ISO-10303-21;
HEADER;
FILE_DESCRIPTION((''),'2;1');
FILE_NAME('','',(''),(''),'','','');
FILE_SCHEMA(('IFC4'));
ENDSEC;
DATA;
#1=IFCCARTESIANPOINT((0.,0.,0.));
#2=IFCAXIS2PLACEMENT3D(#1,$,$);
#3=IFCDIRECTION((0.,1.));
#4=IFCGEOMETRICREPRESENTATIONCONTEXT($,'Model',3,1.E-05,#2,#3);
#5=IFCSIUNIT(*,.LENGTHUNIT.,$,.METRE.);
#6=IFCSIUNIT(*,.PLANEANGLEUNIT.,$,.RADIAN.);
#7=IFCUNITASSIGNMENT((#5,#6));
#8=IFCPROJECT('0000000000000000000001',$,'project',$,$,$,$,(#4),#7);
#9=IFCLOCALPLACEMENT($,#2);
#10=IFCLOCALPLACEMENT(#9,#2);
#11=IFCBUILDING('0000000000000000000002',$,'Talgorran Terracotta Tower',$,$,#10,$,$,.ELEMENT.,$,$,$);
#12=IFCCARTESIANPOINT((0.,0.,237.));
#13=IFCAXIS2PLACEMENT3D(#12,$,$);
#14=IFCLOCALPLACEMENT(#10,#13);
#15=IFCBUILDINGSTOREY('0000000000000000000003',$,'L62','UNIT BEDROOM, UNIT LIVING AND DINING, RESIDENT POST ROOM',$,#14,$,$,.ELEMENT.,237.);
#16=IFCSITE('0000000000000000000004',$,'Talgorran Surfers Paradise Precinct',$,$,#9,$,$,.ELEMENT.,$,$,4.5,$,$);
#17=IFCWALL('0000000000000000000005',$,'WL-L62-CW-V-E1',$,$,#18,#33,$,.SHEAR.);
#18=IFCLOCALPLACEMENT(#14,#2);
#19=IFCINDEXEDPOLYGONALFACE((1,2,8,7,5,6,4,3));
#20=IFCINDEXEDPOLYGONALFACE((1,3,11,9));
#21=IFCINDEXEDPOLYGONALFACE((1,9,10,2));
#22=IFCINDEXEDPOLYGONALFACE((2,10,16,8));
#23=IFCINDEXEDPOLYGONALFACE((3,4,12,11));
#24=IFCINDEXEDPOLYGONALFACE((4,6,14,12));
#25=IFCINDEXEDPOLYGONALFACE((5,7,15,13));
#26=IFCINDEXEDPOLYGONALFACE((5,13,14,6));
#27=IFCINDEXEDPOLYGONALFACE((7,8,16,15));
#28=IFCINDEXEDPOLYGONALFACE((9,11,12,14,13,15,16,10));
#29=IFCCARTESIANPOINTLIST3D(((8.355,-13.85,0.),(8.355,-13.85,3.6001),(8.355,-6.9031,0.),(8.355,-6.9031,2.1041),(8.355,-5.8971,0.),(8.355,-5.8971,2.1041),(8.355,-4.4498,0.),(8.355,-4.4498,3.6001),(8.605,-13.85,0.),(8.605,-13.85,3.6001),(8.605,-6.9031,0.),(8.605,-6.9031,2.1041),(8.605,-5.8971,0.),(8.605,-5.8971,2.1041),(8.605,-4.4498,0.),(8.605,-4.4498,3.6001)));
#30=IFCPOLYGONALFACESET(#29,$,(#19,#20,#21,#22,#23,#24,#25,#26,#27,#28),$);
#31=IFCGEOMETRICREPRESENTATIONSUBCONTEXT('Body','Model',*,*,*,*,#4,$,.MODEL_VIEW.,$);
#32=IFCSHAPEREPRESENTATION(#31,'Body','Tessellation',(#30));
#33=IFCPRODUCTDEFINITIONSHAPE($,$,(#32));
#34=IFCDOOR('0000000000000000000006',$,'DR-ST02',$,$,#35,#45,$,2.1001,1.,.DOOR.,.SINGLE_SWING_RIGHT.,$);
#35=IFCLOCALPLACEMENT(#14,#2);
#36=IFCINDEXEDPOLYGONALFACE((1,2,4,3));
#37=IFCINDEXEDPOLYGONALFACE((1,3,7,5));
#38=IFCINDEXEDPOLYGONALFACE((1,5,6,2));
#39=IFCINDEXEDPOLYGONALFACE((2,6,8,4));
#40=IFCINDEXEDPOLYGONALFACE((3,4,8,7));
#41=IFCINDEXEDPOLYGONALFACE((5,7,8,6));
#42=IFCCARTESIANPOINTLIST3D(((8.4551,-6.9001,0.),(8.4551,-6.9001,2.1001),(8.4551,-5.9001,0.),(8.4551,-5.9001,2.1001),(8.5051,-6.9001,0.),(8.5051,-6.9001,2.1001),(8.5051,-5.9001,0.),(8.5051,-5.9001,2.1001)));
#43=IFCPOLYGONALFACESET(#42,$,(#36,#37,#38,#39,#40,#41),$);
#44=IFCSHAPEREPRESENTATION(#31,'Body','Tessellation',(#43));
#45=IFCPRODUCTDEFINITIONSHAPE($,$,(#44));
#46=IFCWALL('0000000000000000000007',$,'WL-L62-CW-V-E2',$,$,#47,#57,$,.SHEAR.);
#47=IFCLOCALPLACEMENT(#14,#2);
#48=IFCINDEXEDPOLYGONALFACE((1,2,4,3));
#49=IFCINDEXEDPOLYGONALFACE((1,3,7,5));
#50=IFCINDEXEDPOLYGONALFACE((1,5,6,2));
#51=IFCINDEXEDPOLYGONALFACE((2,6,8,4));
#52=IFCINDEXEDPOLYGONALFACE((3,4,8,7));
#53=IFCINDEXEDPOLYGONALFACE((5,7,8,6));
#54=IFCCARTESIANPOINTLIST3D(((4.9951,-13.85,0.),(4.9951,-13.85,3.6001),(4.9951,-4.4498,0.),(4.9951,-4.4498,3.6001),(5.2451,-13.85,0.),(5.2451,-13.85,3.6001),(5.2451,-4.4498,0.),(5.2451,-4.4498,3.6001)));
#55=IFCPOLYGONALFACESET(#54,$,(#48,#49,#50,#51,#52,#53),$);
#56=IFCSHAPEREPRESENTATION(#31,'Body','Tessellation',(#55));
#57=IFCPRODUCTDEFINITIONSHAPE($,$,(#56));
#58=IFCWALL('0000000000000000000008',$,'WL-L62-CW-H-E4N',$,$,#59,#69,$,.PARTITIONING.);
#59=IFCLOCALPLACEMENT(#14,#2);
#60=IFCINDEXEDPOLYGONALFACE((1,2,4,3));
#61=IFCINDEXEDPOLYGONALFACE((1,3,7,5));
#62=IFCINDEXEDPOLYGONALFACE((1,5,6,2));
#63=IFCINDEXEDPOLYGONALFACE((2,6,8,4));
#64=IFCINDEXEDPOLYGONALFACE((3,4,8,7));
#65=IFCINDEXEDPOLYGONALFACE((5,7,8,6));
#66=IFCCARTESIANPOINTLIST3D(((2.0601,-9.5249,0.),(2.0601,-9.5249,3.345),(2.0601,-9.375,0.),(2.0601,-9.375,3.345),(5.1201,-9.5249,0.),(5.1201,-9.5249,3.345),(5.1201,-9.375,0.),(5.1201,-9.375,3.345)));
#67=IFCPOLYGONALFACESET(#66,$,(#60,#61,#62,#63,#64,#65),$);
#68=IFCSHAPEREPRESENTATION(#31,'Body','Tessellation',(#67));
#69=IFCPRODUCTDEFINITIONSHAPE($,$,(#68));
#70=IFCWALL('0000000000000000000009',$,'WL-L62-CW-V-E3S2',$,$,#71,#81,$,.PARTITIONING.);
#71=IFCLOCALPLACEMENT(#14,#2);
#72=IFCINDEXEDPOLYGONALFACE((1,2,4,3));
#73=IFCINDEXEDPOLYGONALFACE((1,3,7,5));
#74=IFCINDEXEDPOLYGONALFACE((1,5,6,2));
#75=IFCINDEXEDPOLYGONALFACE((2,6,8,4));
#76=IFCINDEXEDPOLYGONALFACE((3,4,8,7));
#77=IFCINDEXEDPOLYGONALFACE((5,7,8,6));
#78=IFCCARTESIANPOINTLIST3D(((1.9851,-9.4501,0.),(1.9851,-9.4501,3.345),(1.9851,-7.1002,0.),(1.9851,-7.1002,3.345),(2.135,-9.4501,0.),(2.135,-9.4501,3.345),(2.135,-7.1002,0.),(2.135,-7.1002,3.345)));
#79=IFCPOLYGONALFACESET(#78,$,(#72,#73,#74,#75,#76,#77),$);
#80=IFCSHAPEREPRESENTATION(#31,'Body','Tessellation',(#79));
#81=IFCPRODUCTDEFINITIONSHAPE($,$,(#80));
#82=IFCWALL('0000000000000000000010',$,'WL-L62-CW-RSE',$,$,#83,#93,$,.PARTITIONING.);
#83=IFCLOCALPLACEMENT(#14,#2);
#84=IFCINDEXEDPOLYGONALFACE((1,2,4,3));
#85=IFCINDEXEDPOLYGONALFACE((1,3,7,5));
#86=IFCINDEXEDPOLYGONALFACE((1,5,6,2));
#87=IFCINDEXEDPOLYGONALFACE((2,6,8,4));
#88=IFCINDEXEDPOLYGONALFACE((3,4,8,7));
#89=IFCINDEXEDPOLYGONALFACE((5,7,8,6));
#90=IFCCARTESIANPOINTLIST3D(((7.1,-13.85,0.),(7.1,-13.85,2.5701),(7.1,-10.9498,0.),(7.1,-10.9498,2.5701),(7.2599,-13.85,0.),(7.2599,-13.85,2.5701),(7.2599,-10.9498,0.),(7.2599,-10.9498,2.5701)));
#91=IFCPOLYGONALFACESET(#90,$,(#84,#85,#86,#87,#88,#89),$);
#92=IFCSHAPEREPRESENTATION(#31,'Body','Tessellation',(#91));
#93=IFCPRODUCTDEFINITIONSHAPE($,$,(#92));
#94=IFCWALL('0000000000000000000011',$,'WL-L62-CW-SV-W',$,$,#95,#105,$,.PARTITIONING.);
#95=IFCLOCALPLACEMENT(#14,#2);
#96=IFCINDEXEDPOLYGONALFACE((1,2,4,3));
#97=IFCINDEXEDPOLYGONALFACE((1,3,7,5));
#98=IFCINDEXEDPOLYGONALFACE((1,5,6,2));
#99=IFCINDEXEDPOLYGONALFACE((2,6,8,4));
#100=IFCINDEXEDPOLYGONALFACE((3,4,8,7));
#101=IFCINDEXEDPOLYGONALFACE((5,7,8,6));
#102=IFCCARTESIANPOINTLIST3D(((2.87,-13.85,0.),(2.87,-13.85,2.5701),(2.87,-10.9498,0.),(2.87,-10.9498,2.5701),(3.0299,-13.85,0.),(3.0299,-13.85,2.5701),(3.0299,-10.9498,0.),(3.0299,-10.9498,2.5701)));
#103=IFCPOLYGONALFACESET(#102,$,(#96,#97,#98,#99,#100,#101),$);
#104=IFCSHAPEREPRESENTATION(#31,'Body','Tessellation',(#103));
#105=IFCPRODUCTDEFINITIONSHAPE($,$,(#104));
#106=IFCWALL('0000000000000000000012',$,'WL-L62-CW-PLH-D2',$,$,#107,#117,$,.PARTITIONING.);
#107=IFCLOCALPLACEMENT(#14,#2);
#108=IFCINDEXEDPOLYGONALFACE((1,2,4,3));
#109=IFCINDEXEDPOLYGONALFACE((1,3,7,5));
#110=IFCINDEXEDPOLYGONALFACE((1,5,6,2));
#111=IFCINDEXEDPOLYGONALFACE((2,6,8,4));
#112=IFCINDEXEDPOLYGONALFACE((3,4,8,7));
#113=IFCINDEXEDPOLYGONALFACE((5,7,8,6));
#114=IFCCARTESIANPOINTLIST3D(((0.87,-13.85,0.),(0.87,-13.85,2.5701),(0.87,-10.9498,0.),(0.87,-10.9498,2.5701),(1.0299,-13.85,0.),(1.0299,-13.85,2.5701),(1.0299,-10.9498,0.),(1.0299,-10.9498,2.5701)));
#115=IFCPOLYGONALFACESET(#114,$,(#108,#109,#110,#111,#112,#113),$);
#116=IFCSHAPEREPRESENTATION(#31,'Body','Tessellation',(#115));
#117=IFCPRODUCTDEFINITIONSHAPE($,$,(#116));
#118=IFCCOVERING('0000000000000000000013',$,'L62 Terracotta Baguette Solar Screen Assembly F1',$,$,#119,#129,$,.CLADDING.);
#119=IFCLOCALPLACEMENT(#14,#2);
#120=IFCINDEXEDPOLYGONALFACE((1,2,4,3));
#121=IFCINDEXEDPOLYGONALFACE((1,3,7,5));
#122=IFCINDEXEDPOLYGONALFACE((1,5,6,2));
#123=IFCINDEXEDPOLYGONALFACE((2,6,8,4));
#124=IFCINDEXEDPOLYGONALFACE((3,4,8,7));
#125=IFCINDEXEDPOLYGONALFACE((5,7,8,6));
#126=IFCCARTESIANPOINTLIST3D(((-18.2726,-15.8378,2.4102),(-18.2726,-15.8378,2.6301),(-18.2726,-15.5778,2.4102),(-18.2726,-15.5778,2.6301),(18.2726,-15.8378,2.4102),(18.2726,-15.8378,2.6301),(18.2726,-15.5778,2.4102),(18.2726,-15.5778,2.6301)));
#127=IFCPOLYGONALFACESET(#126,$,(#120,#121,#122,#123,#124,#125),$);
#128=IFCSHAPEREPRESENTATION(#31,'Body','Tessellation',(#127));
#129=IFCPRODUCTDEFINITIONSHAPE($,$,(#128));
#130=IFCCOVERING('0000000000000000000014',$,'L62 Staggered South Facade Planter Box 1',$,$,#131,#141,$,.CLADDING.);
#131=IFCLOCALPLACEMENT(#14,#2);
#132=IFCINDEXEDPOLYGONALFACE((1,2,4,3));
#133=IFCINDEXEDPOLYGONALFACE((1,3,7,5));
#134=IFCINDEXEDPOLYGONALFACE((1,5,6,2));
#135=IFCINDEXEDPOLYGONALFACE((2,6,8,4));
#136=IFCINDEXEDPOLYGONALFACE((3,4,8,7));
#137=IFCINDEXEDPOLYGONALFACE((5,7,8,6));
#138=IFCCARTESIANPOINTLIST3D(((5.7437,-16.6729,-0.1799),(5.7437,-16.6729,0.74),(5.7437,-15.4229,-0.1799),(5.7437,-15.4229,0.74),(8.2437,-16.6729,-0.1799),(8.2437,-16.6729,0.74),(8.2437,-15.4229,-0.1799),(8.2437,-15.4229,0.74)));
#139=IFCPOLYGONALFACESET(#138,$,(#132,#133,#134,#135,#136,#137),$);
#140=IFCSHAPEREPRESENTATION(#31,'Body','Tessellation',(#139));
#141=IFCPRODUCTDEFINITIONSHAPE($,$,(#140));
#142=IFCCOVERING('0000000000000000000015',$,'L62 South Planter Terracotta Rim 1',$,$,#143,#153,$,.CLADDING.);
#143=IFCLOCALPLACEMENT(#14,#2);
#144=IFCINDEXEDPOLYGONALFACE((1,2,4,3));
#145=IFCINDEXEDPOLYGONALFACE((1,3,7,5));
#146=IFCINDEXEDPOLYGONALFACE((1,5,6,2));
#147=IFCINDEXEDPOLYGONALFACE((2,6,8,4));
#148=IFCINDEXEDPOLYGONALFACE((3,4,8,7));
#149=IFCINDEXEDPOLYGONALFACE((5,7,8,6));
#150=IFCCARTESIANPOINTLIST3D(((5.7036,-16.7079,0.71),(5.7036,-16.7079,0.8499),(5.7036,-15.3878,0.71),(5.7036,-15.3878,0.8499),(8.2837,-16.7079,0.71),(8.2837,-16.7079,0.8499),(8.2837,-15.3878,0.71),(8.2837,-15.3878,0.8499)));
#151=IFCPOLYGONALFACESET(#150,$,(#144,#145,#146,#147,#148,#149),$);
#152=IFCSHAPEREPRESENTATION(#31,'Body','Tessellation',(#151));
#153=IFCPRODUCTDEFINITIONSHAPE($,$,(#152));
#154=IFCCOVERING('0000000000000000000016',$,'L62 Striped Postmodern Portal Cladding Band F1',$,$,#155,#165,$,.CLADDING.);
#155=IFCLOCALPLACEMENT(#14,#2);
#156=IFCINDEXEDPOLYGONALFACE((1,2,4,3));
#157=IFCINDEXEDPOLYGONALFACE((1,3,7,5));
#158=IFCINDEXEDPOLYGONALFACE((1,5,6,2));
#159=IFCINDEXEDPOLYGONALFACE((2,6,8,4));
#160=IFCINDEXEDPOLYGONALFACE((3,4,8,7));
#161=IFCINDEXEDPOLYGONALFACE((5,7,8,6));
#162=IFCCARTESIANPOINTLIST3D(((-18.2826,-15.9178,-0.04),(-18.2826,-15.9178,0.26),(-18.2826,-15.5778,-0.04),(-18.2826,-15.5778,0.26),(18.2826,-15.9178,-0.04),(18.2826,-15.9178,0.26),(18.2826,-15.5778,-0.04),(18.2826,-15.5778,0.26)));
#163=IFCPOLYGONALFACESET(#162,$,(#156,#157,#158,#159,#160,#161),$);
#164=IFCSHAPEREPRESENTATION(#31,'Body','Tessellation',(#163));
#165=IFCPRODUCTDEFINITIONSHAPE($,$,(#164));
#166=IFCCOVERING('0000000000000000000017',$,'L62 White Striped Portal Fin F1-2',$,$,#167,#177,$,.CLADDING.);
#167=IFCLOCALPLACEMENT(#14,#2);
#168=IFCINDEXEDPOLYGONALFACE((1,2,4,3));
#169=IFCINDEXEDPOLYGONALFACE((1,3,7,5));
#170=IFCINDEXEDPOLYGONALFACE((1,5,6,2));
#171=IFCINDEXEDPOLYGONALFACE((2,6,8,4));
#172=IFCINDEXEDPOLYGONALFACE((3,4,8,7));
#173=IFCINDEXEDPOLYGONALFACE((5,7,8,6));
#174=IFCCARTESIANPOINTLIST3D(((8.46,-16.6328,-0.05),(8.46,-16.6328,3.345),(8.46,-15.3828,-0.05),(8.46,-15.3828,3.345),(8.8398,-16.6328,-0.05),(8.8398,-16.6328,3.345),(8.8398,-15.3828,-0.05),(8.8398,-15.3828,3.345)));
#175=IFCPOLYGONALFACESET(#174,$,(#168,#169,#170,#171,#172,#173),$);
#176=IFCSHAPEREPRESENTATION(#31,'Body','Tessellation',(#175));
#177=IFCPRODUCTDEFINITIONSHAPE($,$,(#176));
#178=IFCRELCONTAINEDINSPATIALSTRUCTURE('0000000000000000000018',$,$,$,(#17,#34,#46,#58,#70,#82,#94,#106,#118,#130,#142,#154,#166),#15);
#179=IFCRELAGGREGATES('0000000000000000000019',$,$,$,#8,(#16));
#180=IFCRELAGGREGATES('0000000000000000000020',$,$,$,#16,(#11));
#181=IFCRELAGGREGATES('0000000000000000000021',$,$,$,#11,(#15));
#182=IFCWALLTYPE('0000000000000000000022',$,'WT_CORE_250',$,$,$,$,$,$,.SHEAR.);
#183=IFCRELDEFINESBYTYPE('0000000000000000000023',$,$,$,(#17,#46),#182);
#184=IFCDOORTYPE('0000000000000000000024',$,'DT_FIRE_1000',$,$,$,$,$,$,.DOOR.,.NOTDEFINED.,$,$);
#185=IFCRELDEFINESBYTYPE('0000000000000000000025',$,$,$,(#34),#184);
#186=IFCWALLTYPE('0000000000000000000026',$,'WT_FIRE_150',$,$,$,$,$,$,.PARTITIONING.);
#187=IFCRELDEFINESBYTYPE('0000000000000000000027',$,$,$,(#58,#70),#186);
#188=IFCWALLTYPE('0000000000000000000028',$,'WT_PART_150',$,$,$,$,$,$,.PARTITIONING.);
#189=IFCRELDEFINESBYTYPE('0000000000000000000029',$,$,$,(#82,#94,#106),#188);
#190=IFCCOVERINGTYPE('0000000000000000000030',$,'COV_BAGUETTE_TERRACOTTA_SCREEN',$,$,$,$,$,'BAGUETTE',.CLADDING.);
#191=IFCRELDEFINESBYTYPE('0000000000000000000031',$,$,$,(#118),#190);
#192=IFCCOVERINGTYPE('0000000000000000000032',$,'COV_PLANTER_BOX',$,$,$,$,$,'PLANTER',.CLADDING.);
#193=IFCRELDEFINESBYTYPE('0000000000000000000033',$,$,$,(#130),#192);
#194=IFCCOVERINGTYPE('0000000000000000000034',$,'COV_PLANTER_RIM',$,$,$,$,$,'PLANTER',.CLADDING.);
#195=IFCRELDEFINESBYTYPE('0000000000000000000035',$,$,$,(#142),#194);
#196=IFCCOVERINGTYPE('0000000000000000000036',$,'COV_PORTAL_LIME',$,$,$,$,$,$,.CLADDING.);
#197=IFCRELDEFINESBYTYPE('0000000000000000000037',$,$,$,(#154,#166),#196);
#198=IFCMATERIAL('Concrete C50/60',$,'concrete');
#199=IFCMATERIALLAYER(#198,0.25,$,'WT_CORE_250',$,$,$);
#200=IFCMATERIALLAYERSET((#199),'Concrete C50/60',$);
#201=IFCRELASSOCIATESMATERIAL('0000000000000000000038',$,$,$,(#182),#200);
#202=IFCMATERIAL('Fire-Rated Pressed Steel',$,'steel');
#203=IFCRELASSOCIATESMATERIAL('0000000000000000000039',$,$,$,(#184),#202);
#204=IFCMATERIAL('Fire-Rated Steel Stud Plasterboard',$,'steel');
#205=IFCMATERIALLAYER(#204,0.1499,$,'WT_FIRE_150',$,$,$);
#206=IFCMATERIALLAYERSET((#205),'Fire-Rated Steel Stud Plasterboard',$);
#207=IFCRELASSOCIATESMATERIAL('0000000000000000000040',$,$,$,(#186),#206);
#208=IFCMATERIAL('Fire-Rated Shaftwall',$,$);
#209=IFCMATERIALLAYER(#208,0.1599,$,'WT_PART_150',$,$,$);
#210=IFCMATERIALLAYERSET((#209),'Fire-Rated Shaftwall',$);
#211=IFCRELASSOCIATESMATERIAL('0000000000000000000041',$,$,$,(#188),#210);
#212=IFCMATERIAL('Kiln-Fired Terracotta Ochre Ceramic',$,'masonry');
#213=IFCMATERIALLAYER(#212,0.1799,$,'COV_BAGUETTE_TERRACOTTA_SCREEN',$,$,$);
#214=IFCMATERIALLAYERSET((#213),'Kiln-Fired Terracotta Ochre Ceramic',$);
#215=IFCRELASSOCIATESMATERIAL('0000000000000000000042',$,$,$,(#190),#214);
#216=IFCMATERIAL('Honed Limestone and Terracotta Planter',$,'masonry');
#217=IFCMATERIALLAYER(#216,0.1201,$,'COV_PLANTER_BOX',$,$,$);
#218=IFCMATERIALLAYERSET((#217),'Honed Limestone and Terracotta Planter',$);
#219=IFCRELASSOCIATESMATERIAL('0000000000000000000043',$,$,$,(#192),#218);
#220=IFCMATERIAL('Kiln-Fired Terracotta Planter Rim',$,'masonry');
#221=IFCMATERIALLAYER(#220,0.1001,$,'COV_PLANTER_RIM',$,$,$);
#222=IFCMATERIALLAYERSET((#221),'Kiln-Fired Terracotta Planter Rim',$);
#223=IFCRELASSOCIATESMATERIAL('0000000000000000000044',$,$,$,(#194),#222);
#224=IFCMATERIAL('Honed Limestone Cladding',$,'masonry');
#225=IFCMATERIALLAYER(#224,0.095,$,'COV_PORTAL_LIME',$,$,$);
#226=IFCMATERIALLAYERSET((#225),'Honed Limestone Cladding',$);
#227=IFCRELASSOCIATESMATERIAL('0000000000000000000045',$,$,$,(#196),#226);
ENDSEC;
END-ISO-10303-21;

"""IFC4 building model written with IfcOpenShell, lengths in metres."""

from ifc_helpers import new_model, si_unit, direction, frame, frame_2d, origin, origin_2d, place, context, subcontext, project, spatial, rectangle, extrude, material, layer, layer_set, type_object, element, fill, save


model = new_model("IFC4")

# Units and contexts
model_context = context("Model", 3, precision=1e-05, world=origin(), true_north=direction((0.0, 1.0)))
body_context = subcontext(model_context, "Body", "Model", "MODEL_VIEW")
ifc_project = project(units=[si_unit("LENGTHUNIT", "METRE"), si_unit("PLANEANGLEUNIT", "RADIAN")], contexts=[model_context])

# Site, building, storey
site_placement = place(None, origin())
site = spatial("IfcSite", under=ifc_project, at=site_placement, Name="Talgorran Surfers Paradise Precinct", CompositionType="ELEMENT", RefElevation=4.5)
building_placement = place(site_placement, origin())
building = spatial("IfcBuilding", under=site, at=building_placement, Name="Talgorran Terracotta Tower", CompositionType="ELEMENT")
storey_placement = place(building_placement, frame((0.0, 0.0, 237.0)))
storey = spatial("IfcBuildingStorey", under=building, at=storey_placement, Name="L62", Description="UNIT BEDROOM, UNIT LIVING AND DINING, RESIDENT POST ROOM", CompositionType="ELEMENT", Elevation=237.0)

# Shared definitions
ifc_material_1 = material(Name="Concrete C50/60", Category="concrete")

# Shared definitions
ifc_material_2 = material(Name="Fire-Rated Pressed Steel", Category="steel")

# Wall, opening, door
ifc_layer_1 = layer(ifc_material_1, 0.25, Name="WT_CORE_250")
ifc_layer_set_1 = layer_set([ifc_layer_1], Name="Concrete C50/60")
wall_type_1 = type_object("IfcWallType", Name="WT_CORE_250", PredefinedType="SHEAR", material=ifc_layer_set_1)
wall_1_placement = place(storey_placement, frame((8.48, -13.8501, 0.0), z_axis=(0.0, 0.0, 1.0), x_axis=(0.0, 1.0, 0.0)))
wall_1 = element("IfcWall", 1, at=wall_1_placement, inside=storey, type_object=wall_type_1, Name="WL-L62-CW-V-E1", PredefinedType="SHEAR", context=body_context, shape_type="SweptSolid", body=[
    extrude(rectangle(XDim=9.4001, YDim=0.25, at=frame_2d((4.7002, 0.0))), origin(), (0.0, 0.0, 1.0), 3.6001),
])
opening_1_placement = place(wall_1_placement, frame((6.95, 0.0, 0.0)))
opening_1 = element("IfcOpeningElement", 2, at=opening_1_placement, cuts=wall_1, PredefinedType="OPENING", context=body_context, shape_type="SweptSolid", body=[
    extrude(rectangle(XDim=1.006, YDim=2.1041, at=frame_2d((0.5, 1.052))), frame((0.0, 0.135, 0.0), z_axis=(0.0, -1.0, 0.0), x_axis=(1.0, 0.0, 0.0)), (0.0, 0.0, 1.0), 0.27),
])
door_type_1 = type_object("IfcDoorType", Name="DT_FIRE_1000", OperationType="NOTDEFINED", PredefinedType="DOOR", material=ifc_material_2)
door_1_placement = place(opening_1_placement, origin())
door_1 = element("IfcDoor", 3, at=door_1_placement, inside=storey, type_object=door_type_1, Name="DR-ST02", OperationType="SINGLE_SWING_RIGHT", OverallHeight=2.1001, OverallWidth=1.0, PredefinedType="DOOR", context=body_context, shape_type="SweptSolid", body=[
    extrude(rectangle(XDim=1.0, YDim=2.1001, at=frame_2d((0.5, 1.05))), frame((0.0, 0.0249, 0.0), z_axis=(0.0, -1.0, 0.0), x_axis=(1.0, 0.0, 0.0)), (0.0, 0.0, 1.0), 0.05),
])
fill(opening_1, door_1)

# Walls
wall_2_placement = place(storey_placement, frame((5.1201, -13.8501, 0.0), z_axis=(0.0, 0.0, 1.0), x_axis=(0.0, 1.0, 0.0)))
element("IfcWall", 4, at=wall_2_placement, inside=storey, type_object=wall_type_1, Name="WL-L62-CW-V-E2", PredefinedType="SHEAR", context=body_context, shape_type="SweptSolid", body=[
    extrude(rectangle(XDim=9.4001, YDim=0.25, at=frame_2d((4.7002, 0.0))), origin(), (0.0, 0.0, 1.0), 3.6001),
])
ifc_material_3 = material(Name="Fire-Rated Steel Stud Plasterboard", Category="steel")
ifc_layer_2 = layer(ifc_material_3, 0.1499, Name="WT_FIRE_150")
ifc_layer_set_2 = layer_set([ifc_layer_2], Name="Fire-Rated Steel Stud Plasterboard")
wall_type_2 = type_object("IfcWallType", Name="WT_FIRE_150", PredefinedType="PARTITIONING", material=ifc_layer_set_2)
wall_3_placement = place(storey_placement, frame((2.0601, -9.45, 0.0), z_axis=(0.0, 0.0, 1.0), x_axis=(1.0, 0.0, 0.0)))
element("IfcWall", 5, at=wall_3_placement, inside=storey, type_object=wall_type_2, Name="WL-L62-CW-H-E4N", PredefinedType="PARTITIONING", context=body_context, shape_type="SweptSolid", body=[
    extrude(rectangle(XDim=3.0601, YDim=0.1499, at=frame_2d((1.53, 0.0))), origin(), (0.0, 0.0, 1.0), 3.345),
])
wall_4_placement = place(storey_placement, frame((2.0601, -9.45, 0.0), z_axis=(0.0, 0.0, 1.0), x_axis=(0.0, 1.0, 0.0)))
element("IfcWall", 6, at=wall_4_placement, inside=storey, type_object=wall_type_2, Name="WL-L62-CW-V-E3S2", PredefinedType="PARTITIONING", context=body_context, shape_type="SweptSolid", body=[
    extrude(rectangle(XDim=2.3499, YDim=0.1499, at=frame_2d((1.1748, 0.0))), origin(), (0.0, 0.0, 1.0), 3.345),
])
ifc_material_4 = material(Name="Fire-Rated Shaftwall")
ifc_layer_3 = layer(ifc_material_4, 0.1599, Name="WT_PART_150")
ifc_layer_set_3 = layer_set([ifc_layer_3], Name="Fire-Rated Shaftwall")
wall_type_3 = type_object("IfcWallType", Name="WT_PART_150", PredefinedType="PARTITIONING", material=ifc_layer_set_3)
for number, where, z_axis, x_axis, name in (
    (7, (7.1799, -13.8501, 0.0), (0.0, 0.0, 1.0), (0.0, 1.0, 0.0), "WL-L62-CW-RSE"),
    (8, (2.95, -13.8501, 0.0), (0.0, 0.0, 1.0), (0.0, 1.0, 0.0), "WL-L62-CW-SV-W"),
    (9, (0.95, -13.8501, 0.0), (0.0, 0.0, 1.0), (0.0, 1.0, 0.0), "WL-L62-CW-PLH-D2"),
):
    element("IfcWall", number, at=place(storey_placement, frame(where, z_axis=z_axis, x_axis=x_axis)), inside=storey, type_object=wall_type_3, Name=name, PredefinedType="PARTITIONING", context=body_context, shape_type="SweptSolid", body=[
        extrude(rectangle(XDim=2.9001, YDim=0.1599, at=frame_2d((1.4502, 0.0))), origin(), (0.0, 0.0, 1.0), 2.5701),
    ])

# Coverings
ifc_material_5 = material(Name="Kiln-Fired Terracotta Ochre Ceramic", Category="masonry")
ifc_layer_4 = layer(ifc_material_5, 0.1799, Name="COV_BAGUETTE_TERRACOTTA_SCREEN")
ifc_layer_set_4 = layer_set([ifc_layer_4], Name="Kiln-Fired Terracotta Ochre Ceramic")
covering_type_1 = type_object("IfcCoveringType", Name="COV_BAGUETTE_TERRACOTTA_SCREEN", ElementType="BAGUETTE", PredefinedType="CLADDING", material=ifc_layer_set_4)
covering_1_placement = place(storey_placement, frame((0.0, -15.7078, 2.4102), z_axis=(0.0, 0.0, 1.0), x_axis=(1.0, 0.0, 0.0)))
element("IfcCovering", 10, at=covering_1_placement, inside=storey, type_object=covering_type_1, Name="L62 Terracotta Baguette Solar Screen Assembly F1", PredefinedType="CLADDING", context=body_context, shape_type="SweptSolid", body=[
    extrude(rectangle(XDim=36.5452, YDim=0.26, at=origin_2d()), origin(), (0.0, 0.0, 1.0), 0.22),
])
ifc_material_6 = material(Name="Honed Limestone and Terracotta Planter", Category="masonry")
ifc_layer_5 = layer(ifc_material_6, 0.1201, Name="COV_PLANTER_BOX")
ifc_layer_set_5 = layer_set([ifc_layer_5], Name="Honed Limestone and Terracotta Planter")
covering_type_2 = type_object("IfcCoveringType", Name="COV_PLANTER_BOX", ElementType="PLANTER", PredefinedType="CLADDING", material=ifc_layer_set_5)
covering_2_placement = place(storey_placement, frame((6.9937, -16.0479, -0.1799), z_axis=(0.0, 0.0, 1.0), x_axis=(1.0, 0.0, 0.0)))
element("IfcCovering", 11, at=covering_2_placement, inside=storey, type_object=covering_type_2, Name="L62 Staggered South Facade Planter Box 1", PredefinedType="CLADDING", context=body_context, shape_type="SweptSolid", body=[
    extrude(rectangle(XDim=2.5, YDim=1.25, at=origin_2d()), origin(), (0.0, 0.0, 1.0), 0.9199),
])
ifc_material_7 = material(Name="Kiln-Fired Terracotta Planter Rim", Category="masonry")
ifc_layer_6 = layer(ifc_material_7, 0.1001, Name="COV_PLANTER_RIM")
ifc_layer_set_6 = layer_set([ifc_layer_6], Name="Kiln-Fired Terracotta Planter Rim")
covering_type_3 = type_object("IfcCoveringType", Name="COV_PLANTER_RIM", ElementType="PLANTER", PredefinedType="CLADDING", material=ifc_layer_set_6)
covering_3_placement = place(storey_placement, frame((6.9937, -16.0479, 0.71), z_axis=(0.0, 0.0, 1.0), x_axis=(1.0, 0.0, 0.0)))
element("IfcCovering", 12, at=covering_3_placement, inside=storey, type_object=covering_type_3, Name="L62 South Planter Terracotta Rim 1", PredefinedType="CLADDING", context=body_context, shape_type="SweptSolid", body=[
    extrude(rectangle(XDim=2.5801, YDim=1.3201, at=origin_2d()), origin(), (0.0, 0.0, 1.0), 0.1399),
])
ifc_material_8 = material(Name="Honed Limestone Cladding", Category="masonry")
ifc_layer_7 = layer(ifc_material_8, 0.095, Name="COV_PORTAL_LIME")
ifc_layer_set_7 = layer_set([ifc_layer_7], Name="Honed Limestone Cladding")
covering_type_4 = type_object("IfcCoveringType", Name="COV_PORTAL_LIME", PredefinedType="CLADDING", material=ifc_layer_set_7)
covering_4_placement = place(storey_placement, frame((0.0, -15.7478, -0.04), z_axis=(0.0, 0.0, 1.0), x_axis=(1.0, 0.0, 0.0)))
element("IfcCovering", 13, at=covering_4_placement, inside=storey, type_object=covering_type_4, Name="L62 Striped Postmodern Portal Cladding Band F1", PredefinedType="CLADDING", context=body_context, shape_type="SweptSolid", body=[
    extrude(rectangle(XDim=36.5652, YDim=0.3401, at=origin_2d()), origin(), (0.0, 0.0, 1.0), 0.3),
])
covering_5_placement = place(storey_placement, frame((8.6499, -16.0078, -0.05), z_axis=(0.0, 0.0, 1.0), x_axis=(1.0, 0.0, 0.0)))
element("IfcCovering", 14, at=covering_5_placement, inside=storey, type_object=covering_type_4, Name="L62 White Striped Portal Fin F1-2", PredefinedType="CLADDING", context=body_context, shape_type="SweptSolid", body=[
    extrude(rectangle(XDim=0.3799, YDim=1.25, at=origin_2d()), origin(), (0.0, 0.0, 1.0), 3.395),
])

save(model, "model.ifc")
